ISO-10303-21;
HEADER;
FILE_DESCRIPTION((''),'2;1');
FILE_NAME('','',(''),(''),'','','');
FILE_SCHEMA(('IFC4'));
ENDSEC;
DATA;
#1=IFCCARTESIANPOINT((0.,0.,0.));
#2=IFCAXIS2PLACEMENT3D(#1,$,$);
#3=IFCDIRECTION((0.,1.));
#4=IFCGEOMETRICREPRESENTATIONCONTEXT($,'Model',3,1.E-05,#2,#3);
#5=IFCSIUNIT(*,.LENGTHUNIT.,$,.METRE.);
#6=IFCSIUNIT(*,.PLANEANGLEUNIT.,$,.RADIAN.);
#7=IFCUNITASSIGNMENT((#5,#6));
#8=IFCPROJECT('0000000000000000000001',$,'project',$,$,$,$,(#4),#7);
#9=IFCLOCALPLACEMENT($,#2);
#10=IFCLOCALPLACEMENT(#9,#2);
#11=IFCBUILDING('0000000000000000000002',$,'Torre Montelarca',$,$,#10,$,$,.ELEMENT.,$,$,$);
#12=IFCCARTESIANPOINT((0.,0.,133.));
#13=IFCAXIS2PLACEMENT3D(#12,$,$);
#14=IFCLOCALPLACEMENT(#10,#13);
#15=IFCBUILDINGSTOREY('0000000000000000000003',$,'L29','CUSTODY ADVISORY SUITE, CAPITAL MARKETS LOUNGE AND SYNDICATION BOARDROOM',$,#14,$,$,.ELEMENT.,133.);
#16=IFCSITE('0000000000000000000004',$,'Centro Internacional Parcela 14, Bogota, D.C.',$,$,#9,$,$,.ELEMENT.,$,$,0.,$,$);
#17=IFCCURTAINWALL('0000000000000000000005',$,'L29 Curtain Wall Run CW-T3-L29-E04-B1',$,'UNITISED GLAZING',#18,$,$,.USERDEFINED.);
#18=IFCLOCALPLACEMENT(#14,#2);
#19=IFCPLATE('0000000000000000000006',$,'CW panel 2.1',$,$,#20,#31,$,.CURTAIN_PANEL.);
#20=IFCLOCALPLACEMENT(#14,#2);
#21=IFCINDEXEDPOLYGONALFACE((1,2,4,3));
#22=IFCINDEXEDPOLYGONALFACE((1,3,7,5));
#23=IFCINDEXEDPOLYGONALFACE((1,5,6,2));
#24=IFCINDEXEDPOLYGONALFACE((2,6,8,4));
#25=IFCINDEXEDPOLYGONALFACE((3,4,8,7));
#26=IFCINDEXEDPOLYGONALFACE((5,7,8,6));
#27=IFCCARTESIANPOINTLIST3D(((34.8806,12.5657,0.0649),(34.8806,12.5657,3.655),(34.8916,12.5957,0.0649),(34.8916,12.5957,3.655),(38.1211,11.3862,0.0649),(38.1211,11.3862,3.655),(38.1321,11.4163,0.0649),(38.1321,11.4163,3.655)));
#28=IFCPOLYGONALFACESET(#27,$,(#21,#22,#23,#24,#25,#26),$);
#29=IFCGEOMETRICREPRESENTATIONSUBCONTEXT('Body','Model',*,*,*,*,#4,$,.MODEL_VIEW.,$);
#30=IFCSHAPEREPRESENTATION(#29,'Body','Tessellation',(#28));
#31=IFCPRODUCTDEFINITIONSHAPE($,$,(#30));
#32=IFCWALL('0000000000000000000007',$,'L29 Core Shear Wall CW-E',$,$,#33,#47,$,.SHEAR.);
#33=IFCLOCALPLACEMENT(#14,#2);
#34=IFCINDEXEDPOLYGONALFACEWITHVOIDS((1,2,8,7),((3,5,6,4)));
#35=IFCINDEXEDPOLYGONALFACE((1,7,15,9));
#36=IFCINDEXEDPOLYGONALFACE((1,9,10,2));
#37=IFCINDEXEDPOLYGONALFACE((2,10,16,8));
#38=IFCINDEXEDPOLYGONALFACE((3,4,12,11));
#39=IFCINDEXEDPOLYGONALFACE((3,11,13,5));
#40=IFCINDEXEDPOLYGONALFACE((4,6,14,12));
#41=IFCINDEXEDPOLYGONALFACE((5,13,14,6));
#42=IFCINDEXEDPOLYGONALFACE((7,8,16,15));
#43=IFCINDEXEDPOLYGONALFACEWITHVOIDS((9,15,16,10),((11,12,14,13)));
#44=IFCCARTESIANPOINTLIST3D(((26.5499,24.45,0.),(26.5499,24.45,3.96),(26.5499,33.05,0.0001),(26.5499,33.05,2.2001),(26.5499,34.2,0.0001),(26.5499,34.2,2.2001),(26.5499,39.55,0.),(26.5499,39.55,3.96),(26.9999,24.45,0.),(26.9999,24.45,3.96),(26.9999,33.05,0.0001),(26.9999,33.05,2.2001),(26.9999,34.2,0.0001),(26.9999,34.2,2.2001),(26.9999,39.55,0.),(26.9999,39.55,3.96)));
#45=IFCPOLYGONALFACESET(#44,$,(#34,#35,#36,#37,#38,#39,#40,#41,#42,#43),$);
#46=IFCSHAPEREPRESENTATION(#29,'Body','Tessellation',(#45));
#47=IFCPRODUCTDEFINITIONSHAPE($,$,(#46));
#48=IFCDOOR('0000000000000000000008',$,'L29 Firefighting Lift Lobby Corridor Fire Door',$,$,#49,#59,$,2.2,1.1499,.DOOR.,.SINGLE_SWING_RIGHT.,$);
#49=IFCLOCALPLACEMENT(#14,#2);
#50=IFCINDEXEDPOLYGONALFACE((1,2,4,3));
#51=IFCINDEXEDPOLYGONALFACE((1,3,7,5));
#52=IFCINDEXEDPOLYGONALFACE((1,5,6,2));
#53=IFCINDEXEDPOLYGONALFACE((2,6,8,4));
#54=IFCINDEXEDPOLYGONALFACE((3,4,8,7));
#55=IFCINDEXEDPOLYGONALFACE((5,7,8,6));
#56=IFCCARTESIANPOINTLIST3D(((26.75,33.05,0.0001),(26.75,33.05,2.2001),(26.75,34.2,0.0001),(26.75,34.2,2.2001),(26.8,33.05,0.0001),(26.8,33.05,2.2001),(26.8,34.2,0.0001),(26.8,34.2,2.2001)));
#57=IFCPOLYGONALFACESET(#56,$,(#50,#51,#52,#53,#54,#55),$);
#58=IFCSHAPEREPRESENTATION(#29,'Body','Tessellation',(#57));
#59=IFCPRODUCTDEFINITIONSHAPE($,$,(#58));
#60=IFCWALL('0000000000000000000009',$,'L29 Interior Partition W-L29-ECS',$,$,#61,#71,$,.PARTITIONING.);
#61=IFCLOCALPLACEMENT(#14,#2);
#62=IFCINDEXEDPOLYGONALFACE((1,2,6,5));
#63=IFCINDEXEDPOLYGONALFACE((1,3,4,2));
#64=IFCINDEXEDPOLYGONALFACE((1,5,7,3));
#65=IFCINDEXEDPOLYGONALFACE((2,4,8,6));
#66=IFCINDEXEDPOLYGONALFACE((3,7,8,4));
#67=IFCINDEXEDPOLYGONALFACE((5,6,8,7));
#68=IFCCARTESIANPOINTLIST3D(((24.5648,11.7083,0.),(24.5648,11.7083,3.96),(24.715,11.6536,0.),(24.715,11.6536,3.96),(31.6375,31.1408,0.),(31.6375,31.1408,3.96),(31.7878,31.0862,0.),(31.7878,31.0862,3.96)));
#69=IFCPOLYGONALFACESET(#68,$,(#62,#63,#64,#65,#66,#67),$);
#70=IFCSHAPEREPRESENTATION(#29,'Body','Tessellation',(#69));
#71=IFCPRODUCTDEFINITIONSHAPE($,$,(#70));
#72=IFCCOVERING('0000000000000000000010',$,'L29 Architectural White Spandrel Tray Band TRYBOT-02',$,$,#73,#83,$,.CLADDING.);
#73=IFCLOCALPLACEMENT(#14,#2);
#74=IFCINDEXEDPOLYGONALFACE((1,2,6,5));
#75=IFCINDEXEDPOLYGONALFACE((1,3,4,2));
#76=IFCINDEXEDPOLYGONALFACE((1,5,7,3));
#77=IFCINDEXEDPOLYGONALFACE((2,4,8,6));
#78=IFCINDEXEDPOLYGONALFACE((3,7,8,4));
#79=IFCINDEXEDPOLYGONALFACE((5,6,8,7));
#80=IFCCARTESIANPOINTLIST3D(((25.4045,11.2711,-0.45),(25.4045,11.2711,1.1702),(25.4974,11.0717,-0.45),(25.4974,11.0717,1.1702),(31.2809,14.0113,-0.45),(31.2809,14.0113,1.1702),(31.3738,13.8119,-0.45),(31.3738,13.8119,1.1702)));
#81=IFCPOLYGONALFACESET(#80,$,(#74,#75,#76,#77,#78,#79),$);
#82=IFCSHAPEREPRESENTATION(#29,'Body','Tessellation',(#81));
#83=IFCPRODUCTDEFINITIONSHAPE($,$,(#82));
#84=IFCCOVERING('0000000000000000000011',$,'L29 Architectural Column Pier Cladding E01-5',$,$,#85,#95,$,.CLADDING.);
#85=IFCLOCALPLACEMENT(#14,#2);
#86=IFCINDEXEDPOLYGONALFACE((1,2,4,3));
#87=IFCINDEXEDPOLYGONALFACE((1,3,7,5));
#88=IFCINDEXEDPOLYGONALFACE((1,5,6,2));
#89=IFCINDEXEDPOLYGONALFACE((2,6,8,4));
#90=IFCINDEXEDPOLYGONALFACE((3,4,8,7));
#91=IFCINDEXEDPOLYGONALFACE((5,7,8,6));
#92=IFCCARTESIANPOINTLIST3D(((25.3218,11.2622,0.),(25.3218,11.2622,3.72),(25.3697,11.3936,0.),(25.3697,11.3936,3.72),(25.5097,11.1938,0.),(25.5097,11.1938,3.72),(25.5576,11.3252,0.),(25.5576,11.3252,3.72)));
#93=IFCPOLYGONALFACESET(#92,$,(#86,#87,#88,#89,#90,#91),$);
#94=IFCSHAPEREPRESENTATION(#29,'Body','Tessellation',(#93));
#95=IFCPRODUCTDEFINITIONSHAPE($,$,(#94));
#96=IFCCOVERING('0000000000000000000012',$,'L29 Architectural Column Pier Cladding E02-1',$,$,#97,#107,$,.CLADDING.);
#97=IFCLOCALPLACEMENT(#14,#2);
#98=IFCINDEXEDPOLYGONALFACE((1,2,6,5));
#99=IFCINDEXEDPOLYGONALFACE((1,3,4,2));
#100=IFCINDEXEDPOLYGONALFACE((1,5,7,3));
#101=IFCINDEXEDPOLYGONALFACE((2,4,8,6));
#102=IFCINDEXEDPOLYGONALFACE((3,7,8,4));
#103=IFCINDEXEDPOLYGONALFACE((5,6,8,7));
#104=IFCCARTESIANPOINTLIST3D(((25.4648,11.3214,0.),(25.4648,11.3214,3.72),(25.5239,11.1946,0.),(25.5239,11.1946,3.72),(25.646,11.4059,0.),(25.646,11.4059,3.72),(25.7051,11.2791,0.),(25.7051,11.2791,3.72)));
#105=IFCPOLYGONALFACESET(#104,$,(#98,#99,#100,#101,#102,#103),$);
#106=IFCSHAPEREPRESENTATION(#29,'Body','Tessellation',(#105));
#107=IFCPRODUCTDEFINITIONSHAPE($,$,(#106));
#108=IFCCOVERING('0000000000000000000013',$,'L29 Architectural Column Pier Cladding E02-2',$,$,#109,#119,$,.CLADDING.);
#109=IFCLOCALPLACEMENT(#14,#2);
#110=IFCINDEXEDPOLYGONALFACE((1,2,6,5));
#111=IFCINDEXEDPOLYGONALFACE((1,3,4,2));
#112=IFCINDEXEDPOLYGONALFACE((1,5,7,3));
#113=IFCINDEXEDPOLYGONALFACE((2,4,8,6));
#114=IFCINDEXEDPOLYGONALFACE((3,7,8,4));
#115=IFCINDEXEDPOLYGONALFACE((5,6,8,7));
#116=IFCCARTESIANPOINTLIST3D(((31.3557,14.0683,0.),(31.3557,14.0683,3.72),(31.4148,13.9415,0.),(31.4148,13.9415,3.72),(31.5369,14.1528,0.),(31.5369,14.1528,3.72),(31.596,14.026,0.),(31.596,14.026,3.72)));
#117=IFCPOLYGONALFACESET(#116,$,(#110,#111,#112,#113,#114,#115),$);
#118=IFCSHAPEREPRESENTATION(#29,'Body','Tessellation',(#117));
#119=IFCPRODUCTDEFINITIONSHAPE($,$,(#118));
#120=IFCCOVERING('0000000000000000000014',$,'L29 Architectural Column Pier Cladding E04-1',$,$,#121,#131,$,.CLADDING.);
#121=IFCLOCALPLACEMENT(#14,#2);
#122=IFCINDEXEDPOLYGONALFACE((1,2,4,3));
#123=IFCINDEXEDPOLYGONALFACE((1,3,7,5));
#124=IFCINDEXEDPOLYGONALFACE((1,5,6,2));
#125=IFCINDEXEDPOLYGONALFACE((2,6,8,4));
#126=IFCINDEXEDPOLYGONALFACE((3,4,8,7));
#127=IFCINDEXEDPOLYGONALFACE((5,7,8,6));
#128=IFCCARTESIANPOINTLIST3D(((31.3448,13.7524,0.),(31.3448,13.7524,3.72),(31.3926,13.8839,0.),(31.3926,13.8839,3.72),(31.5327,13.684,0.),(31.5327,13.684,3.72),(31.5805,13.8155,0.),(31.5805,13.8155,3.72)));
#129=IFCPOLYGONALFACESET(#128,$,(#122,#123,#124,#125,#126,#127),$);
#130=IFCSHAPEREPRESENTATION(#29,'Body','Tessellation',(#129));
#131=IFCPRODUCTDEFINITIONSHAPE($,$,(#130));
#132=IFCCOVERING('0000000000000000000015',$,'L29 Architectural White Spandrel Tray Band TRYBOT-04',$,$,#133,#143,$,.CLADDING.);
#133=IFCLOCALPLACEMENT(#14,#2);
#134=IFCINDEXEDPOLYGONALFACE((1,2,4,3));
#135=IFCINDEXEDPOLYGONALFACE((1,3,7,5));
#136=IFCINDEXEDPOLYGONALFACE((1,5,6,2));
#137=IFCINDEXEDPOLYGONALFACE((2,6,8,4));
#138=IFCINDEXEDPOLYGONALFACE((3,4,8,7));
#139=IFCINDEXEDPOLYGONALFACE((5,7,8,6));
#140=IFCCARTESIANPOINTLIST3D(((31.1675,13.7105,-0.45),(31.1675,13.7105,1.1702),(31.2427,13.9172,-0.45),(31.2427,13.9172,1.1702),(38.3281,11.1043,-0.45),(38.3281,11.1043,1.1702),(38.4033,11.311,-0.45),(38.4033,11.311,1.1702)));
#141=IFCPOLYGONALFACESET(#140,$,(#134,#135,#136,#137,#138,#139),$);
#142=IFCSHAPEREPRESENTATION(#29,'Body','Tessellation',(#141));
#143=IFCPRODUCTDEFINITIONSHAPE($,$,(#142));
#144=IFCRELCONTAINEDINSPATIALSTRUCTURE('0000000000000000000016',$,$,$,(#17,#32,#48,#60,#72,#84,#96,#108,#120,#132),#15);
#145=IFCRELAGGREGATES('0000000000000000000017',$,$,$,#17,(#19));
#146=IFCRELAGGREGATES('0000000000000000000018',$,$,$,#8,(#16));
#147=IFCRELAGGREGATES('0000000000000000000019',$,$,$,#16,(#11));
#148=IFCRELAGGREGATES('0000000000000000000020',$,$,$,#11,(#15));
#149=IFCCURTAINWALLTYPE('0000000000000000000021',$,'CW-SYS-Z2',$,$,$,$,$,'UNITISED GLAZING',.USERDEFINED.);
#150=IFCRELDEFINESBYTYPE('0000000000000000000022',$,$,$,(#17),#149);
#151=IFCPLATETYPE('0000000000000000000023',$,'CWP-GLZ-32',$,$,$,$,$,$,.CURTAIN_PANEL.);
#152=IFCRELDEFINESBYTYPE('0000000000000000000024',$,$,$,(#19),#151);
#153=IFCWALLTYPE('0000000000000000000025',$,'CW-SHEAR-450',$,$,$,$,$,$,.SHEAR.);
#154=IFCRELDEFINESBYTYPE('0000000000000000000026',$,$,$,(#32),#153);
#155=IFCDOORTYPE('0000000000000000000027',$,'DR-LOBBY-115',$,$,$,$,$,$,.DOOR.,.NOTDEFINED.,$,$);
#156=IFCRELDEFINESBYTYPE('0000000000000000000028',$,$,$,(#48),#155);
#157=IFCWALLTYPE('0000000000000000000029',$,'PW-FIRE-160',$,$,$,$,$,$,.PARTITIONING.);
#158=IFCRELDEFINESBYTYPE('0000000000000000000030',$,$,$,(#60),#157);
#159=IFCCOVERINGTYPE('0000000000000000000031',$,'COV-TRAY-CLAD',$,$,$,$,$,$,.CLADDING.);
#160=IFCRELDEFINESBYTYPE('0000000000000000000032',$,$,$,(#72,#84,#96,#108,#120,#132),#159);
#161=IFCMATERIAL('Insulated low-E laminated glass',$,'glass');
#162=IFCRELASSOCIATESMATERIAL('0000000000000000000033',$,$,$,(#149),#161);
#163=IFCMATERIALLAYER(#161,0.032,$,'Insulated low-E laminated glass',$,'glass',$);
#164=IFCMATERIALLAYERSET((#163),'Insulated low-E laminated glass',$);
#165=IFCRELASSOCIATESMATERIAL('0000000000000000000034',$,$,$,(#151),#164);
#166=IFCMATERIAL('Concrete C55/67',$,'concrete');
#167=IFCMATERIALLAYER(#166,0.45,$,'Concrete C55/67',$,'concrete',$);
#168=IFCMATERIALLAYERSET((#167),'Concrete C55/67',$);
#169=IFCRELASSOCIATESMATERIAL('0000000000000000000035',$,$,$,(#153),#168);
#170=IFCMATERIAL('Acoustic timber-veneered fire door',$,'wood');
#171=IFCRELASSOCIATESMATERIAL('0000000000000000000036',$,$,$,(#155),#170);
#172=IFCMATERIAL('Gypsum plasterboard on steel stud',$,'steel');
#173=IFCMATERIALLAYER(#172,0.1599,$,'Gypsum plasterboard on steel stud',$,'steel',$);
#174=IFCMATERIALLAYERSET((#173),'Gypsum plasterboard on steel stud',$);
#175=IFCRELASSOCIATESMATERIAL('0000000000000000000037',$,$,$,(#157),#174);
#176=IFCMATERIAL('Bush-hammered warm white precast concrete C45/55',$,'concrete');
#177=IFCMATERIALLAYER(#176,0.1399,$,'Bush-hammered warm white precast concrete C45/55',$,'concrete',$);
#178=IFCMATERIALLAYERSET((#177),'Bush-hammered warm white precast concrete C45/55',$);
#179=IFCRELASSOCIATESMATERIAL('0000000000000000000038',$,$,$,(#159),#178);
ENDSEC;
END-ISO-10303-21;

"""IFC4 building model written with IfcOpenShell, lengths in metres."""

from ifc_helpers import new_model, si_unit, direction, frame, frame_2d, origin, origin_2d, place, context, subcontext, project, spatial, rectangle, extrude, source, transform, mapped, material, layer, layer_set, type_object, element, fill, aggregate, save


model = new_model("IFC4")

# Units and contexts
model_context = context("Model", 3, precision=1e-05, world=origin(), true_north=direction((0.0, 1.0)))
body_context = subcontext(model_context, "Body", "Model", "MODEL_VIEW")
ifc_project = project(units=[si_unit("LENGTHUNIT", "METRE"), si_unit("PLANEANGLEUNIT", "RADIAN")], contexts=[model_context])

# Site, building, storey
site_placement = place(None, origin())
site = spatial("IfcSite", under=ifc_project, at=site_placement, Name="Centro Internacional Parcela 14, Bogota, D.C.", CompositionType="ELEMENT", RefElevation=0.0)
building_placement = place(site_placement, origin())
building = spatial("IfcBuilding", under=site, at=building_placement, Name="Torre Montelarca", CompositionType="ELEMENT")
storey_placement = place(building_placement, frame((0.0, 0.0, 133.0)))
storey = spatial("IfcBuildingStorey", under=building, at=storey_placement, Name="L29", Description="CUSTODY ADVISORY SUITE, CAPITAL MARKETS LOUNGE AND SYNDICATION BOARDROOM", CompositionType="ELEMENT", Elevation=133.0)

# Shared definitions
ifc_material_1 = material(Name="Concrete C55/67", Category="concrete")

# Shared definitions
ifc_material_2 = material(Name="Insulated low-E laminated glass", Category="glass")
curtain_wall_type = type_object("IfcCurtainWallType", Name="CW-SYS-Z2", ElementType="UNITISED GLAZING", PredefinedType="USERDEFINED", material=ifc_material_2)

# Curtain wall
curtain_wall_1_placement = place(storey_placement, origin())
curtain_wall_1 = element("IfcCurtainWall", 1, at=curtain_wall_1_placement, inside=storey, type_object=curtain_wall_type, Name="L29 Curtain Wall Run CW-T3-L29-E04-B1", ObjectType="UNITISED GLAZING", PredefinedType="USERDEFINED")

# Plate
ifc_layer_1 = layer(ifc_material_2, 0.032, Name="Insulated low-E laminated glass", Category="glass")
ifc_layer_set_1 = layer_set([ifc_layer_1], Name="Insulated low-E laminated glass")
plate_type = type_object("IfcPlateType", Name="CWP-GLZ-32", PredefinedType="CURTAIN_PANEL", material=ifc_layer_set_1)
shared_shape_1 = source(origin(), body_context, "Body", "SweptSolid", [
    extrude(rectangle(XDim=3.4485, YDim=0.032, at=origin_2d()), origin(), (0.0, 0.0, 1.0), 3.5901),
])
plate_1_placement = place(storey_placement, frame((36.5063, 11.991, 0.0649), z_axis=(0.0, 0.0, 1.0), x_axis=(0.939695, -0.342015, 0.0)))
plate_1 = element("IfcPlate", 2, at=plate_1_placement, type_object=plate_type, Name="CW panel 2.1", PredefinedType="CURTAIN_PANEL", context=body_context, shape_type="MappedRepresentation", body=[
    mapped(shared_shape_1, transform((0.0, 0.0, 0.0), scale=1.0)),
])
aggregate(curtain_wall_1, [plate_1])

# Wall, opening, door
ifc_layer_2 = layer(ifc_material_1, 0.45, Name="Concrete C55/67", Category="concrete")
ifc_layer_set_2 = layer_set([ifc_layer_2], Name="Concrete C55/67")
wall_type_1 = type_object("IfcWallType", Name="CW-SHEAR-450", PredefinedType="SHEAR", material=ifc_layer_set_2)
wall_1_placement = place(storey_placement, frame((26.7749, 24.45, 0.0), z_axis=(0.0, 0.0, 1.0), x_axis=(0.0, 1.0, 0.0)))
wall_1 = element("IfcWall", 3, at=wall_1_placement, inside=storey, type_object=wall_type_1, Name="L29 Core Shear Wall CW-E", PredefinedType="SHEAR", context=body_context, shape_type="SweptSolid", body=[
    extrude(rectangle(XDim=15.1001, YDim=0.45, at=frame_2d((7.55, 0.0))), origin(), (0.0, 0.0, 1.0), 3.96),
])
opening_placement = place(wall_1_placement, frame((8.6001, 0.0, 0.0)))
opening = element("IfcOpeningElement", 4, at=opening_placement, cuts=wall_1, PredefinedType="OPENING", context=body_context, shape_type="SweptSolid", body=[
    extrude(rectangle(XDim=1.1499, YDim=2.2, at=frame_2d((0.575, 1.1001))), frame((0.0, 0.2349, 0.0), z_axis=(0.0, -1.0, 0.0), x_axis=(1.0, 0.0, 0.0)), (0.0, 0.0, 1.0), 0.47),
])
ifc_material_3 = material(Name="Acoustic timber-veneered fire door", Category="wood")
door_type = type_object("IfcDoorType", Name="DR-LOBBY-115", OperationType="NOTDEFINED", PredefinedType="DOOR", material=ifc_material_3)
shared_shape_2 = source(origin(), body_context, "Body", "SweptSolid", [
    extrude(rectangle(XDim=1.1499, YDim=2.2, at=frame_2d((0.575, 1.1001))), frame((0.0, 0.0249, 0.0), z_axis=(0.0, -1.0, 0.0), x_axis=(1.0, 0.0, 0.0)), (0.0, 0.0, 1.0), 0.05),
])
door_placement = place(opening_placement, origin())
door = element("IfcDoor", 5, at=door_placement, inside=storey, type_object=door_type, Name="L29 Firefighting Lift Lobby Corridor Fire Door", OperationType="SINGLE_SWING_RIGHT", OverallHeight=2.2, OverallWidth=1.1499, PredefinedType="DOOR", context=body_context, shape_type="MappedRepresentation", body=[
    mapped(shared_shape_2, transform((0.0, 0.0, 0.0), scale=1.0)),
])
fill(opening, door)

# Wall
ifc_material_4 = material(Name="Gypsum plasterboard on steel stud", Category="steel")
ifc_layer_3 = layer(ifc_material_4, 0.1599, Name="Gypsum plasterboard on steel stud", Category="steel")
ifc_layer_set_3 = layer_set([ifc_layer_3], Name="Gypsum plasterboard on steel stud")
wall_type_2 = type_object("IfcWallType", Name="PW-FIRE-160", PredefinedType="PARTITIONING", material=ifc_layer_set_3)
wall_2_placement = place(storey_placement, frame((24.6399, 11.6809, 0.0), z_axis=(0.0, 0.0, 1.0), x_axis=(0.342014, 0.939695, 0.0)))
element("IfcWall", 6, at=wall_2_placement, inside=storey, type_object=wall_type_2, Name="L29 Interior Partition W-L29-ECS", PredefinedType="PARTITIONING", context=body_context, shape_type="SweptSolid", body=[
    extrude(rectangle(XDim=20.6797, YDim=0.1599, at=frame_2d((10.3398, 0.0))), origin(), (0.0, 0.0, 1.0), 3.96),
])

# Coverings
ifc_material_5 = material(Name="Bush-hammered warm white precast concrete C45/55", Category="concrete")
ifc_layer_4 = layer(ifc_material_5, 0.1399, Name="Bush-hammered warm white precast concrete C45/55", Category="concrete")
ifc_layer_set_4 = layer_set([ifc_layer_4], Name="Bush-hammered warm white precast concrete C45/55")
covering_type = type_object("IfcCoveringType", Name="COV-TRAY-CLAD", PredefinedType="CLADDING", material=ifc_layer_set_4)
shared_shape_3 = source(origin(), body_context, "Body", "SweptSolid", [
    extrude(rectangle(XDim=6.4839, YDim=0.22, at=origin_2d()), origin(), (0.0, 0.0, 1.0), 1.6201),
])
covering_1_placement = place(storey_placement, frame((28.3892, 12.5415, -0.45), z_axis=(0.0, 0.0, 1.0), x_axis=(0.906309, 0.422615, 0.0)))
element("IfcCovering", 7, at=covering_1_placement, inside=storey, type_object=covering_type, Name="L29 Architectural White Spandrel Tray Band TRYBOT-02", PredefinedType="CLADDING", context=body_context, shape_type="MappedRepresentation", body=[
    mapped(shared_shape_3, transform((0.0, 0.0, 0.0), scale=1.0)),
])
shared_shape_4 = source(origin(), body_context, "Body", "SweptSolid", [
    extrude(rectangle(XDim=0.2, YDim=0.1399, at=origin_2d()), origin(), (0.0, 0.0, 1.0), 3.72),
])
for number, where, z_axis, x_axis, name in (
    (8, (25.4397, 11.2937, 0.0), (0.0, 0.0, 1.0), (0.939694, -0.342017, 0.0), "L29 Architectural Column Pier Cladding E01-5"),
    (9, (25.585, 11.3003, 0.0), (0.0, 0.0, 1.0), (0.906314, 0.422604, 0.0), "L29 Architectural Column Pier Cladding E02-1"),
    (10, (31.4758, 14.0471, 0.0), (0.0, 0.0, 1.0), (0.906314, 0.422604, 0.0), "L29 Architectural Column Pier Cladding E02-2"),
    (11, (31.4626, 13.7839, 0.0), (0.0, 0.0, 1.0), (0.939696, -0.342012, 0.0), "L29 Architectural Column Pier Cladding E04-1"),
):
    element("IfcCovering", number, at=place(storey_placement, frame(where, z_axis=z_axis, x_axis=x_axis)), inside=storey, type_object=covering_type, Name=name, PredefinedType="CLADDING", context=body_context, shape_type="MappedRepresentation", body=[
        mapped(shared_shape_4, transform((0.0, 0.0, 0.0), scale=1.0)),
    ])
shared_shape_5 = source(origin(), body_context, "Body", "SweptSolid", [
    extrude(rectangle(XDim=7.6201, YDim=0.22, at=origin_2d()), origin(), (0.0, 0.0, 1.0), 1.6201),
])
covering_2_placement = place(storey_placement, frame((34.7854, 12.5107, -0.45), z_axis=(0.0, 0.0, 1.0), x_axis=(0.939695, -0.342014, 0.0)))
element("IfcCovering", 12, at=covering_2_placement, inside=storey, type_object=covering_type, Name="L29 Architectural White Spandrel Tray Band TRYBOT-04", PredefinedType="CLADDING", context=body_context, shape_type="MappedRepresentation", body=[
    mapped(shared_shape_5, transform((0.0, 0.0, 0.0), scale=1.0)),
])

save(model, "model.ifc")
